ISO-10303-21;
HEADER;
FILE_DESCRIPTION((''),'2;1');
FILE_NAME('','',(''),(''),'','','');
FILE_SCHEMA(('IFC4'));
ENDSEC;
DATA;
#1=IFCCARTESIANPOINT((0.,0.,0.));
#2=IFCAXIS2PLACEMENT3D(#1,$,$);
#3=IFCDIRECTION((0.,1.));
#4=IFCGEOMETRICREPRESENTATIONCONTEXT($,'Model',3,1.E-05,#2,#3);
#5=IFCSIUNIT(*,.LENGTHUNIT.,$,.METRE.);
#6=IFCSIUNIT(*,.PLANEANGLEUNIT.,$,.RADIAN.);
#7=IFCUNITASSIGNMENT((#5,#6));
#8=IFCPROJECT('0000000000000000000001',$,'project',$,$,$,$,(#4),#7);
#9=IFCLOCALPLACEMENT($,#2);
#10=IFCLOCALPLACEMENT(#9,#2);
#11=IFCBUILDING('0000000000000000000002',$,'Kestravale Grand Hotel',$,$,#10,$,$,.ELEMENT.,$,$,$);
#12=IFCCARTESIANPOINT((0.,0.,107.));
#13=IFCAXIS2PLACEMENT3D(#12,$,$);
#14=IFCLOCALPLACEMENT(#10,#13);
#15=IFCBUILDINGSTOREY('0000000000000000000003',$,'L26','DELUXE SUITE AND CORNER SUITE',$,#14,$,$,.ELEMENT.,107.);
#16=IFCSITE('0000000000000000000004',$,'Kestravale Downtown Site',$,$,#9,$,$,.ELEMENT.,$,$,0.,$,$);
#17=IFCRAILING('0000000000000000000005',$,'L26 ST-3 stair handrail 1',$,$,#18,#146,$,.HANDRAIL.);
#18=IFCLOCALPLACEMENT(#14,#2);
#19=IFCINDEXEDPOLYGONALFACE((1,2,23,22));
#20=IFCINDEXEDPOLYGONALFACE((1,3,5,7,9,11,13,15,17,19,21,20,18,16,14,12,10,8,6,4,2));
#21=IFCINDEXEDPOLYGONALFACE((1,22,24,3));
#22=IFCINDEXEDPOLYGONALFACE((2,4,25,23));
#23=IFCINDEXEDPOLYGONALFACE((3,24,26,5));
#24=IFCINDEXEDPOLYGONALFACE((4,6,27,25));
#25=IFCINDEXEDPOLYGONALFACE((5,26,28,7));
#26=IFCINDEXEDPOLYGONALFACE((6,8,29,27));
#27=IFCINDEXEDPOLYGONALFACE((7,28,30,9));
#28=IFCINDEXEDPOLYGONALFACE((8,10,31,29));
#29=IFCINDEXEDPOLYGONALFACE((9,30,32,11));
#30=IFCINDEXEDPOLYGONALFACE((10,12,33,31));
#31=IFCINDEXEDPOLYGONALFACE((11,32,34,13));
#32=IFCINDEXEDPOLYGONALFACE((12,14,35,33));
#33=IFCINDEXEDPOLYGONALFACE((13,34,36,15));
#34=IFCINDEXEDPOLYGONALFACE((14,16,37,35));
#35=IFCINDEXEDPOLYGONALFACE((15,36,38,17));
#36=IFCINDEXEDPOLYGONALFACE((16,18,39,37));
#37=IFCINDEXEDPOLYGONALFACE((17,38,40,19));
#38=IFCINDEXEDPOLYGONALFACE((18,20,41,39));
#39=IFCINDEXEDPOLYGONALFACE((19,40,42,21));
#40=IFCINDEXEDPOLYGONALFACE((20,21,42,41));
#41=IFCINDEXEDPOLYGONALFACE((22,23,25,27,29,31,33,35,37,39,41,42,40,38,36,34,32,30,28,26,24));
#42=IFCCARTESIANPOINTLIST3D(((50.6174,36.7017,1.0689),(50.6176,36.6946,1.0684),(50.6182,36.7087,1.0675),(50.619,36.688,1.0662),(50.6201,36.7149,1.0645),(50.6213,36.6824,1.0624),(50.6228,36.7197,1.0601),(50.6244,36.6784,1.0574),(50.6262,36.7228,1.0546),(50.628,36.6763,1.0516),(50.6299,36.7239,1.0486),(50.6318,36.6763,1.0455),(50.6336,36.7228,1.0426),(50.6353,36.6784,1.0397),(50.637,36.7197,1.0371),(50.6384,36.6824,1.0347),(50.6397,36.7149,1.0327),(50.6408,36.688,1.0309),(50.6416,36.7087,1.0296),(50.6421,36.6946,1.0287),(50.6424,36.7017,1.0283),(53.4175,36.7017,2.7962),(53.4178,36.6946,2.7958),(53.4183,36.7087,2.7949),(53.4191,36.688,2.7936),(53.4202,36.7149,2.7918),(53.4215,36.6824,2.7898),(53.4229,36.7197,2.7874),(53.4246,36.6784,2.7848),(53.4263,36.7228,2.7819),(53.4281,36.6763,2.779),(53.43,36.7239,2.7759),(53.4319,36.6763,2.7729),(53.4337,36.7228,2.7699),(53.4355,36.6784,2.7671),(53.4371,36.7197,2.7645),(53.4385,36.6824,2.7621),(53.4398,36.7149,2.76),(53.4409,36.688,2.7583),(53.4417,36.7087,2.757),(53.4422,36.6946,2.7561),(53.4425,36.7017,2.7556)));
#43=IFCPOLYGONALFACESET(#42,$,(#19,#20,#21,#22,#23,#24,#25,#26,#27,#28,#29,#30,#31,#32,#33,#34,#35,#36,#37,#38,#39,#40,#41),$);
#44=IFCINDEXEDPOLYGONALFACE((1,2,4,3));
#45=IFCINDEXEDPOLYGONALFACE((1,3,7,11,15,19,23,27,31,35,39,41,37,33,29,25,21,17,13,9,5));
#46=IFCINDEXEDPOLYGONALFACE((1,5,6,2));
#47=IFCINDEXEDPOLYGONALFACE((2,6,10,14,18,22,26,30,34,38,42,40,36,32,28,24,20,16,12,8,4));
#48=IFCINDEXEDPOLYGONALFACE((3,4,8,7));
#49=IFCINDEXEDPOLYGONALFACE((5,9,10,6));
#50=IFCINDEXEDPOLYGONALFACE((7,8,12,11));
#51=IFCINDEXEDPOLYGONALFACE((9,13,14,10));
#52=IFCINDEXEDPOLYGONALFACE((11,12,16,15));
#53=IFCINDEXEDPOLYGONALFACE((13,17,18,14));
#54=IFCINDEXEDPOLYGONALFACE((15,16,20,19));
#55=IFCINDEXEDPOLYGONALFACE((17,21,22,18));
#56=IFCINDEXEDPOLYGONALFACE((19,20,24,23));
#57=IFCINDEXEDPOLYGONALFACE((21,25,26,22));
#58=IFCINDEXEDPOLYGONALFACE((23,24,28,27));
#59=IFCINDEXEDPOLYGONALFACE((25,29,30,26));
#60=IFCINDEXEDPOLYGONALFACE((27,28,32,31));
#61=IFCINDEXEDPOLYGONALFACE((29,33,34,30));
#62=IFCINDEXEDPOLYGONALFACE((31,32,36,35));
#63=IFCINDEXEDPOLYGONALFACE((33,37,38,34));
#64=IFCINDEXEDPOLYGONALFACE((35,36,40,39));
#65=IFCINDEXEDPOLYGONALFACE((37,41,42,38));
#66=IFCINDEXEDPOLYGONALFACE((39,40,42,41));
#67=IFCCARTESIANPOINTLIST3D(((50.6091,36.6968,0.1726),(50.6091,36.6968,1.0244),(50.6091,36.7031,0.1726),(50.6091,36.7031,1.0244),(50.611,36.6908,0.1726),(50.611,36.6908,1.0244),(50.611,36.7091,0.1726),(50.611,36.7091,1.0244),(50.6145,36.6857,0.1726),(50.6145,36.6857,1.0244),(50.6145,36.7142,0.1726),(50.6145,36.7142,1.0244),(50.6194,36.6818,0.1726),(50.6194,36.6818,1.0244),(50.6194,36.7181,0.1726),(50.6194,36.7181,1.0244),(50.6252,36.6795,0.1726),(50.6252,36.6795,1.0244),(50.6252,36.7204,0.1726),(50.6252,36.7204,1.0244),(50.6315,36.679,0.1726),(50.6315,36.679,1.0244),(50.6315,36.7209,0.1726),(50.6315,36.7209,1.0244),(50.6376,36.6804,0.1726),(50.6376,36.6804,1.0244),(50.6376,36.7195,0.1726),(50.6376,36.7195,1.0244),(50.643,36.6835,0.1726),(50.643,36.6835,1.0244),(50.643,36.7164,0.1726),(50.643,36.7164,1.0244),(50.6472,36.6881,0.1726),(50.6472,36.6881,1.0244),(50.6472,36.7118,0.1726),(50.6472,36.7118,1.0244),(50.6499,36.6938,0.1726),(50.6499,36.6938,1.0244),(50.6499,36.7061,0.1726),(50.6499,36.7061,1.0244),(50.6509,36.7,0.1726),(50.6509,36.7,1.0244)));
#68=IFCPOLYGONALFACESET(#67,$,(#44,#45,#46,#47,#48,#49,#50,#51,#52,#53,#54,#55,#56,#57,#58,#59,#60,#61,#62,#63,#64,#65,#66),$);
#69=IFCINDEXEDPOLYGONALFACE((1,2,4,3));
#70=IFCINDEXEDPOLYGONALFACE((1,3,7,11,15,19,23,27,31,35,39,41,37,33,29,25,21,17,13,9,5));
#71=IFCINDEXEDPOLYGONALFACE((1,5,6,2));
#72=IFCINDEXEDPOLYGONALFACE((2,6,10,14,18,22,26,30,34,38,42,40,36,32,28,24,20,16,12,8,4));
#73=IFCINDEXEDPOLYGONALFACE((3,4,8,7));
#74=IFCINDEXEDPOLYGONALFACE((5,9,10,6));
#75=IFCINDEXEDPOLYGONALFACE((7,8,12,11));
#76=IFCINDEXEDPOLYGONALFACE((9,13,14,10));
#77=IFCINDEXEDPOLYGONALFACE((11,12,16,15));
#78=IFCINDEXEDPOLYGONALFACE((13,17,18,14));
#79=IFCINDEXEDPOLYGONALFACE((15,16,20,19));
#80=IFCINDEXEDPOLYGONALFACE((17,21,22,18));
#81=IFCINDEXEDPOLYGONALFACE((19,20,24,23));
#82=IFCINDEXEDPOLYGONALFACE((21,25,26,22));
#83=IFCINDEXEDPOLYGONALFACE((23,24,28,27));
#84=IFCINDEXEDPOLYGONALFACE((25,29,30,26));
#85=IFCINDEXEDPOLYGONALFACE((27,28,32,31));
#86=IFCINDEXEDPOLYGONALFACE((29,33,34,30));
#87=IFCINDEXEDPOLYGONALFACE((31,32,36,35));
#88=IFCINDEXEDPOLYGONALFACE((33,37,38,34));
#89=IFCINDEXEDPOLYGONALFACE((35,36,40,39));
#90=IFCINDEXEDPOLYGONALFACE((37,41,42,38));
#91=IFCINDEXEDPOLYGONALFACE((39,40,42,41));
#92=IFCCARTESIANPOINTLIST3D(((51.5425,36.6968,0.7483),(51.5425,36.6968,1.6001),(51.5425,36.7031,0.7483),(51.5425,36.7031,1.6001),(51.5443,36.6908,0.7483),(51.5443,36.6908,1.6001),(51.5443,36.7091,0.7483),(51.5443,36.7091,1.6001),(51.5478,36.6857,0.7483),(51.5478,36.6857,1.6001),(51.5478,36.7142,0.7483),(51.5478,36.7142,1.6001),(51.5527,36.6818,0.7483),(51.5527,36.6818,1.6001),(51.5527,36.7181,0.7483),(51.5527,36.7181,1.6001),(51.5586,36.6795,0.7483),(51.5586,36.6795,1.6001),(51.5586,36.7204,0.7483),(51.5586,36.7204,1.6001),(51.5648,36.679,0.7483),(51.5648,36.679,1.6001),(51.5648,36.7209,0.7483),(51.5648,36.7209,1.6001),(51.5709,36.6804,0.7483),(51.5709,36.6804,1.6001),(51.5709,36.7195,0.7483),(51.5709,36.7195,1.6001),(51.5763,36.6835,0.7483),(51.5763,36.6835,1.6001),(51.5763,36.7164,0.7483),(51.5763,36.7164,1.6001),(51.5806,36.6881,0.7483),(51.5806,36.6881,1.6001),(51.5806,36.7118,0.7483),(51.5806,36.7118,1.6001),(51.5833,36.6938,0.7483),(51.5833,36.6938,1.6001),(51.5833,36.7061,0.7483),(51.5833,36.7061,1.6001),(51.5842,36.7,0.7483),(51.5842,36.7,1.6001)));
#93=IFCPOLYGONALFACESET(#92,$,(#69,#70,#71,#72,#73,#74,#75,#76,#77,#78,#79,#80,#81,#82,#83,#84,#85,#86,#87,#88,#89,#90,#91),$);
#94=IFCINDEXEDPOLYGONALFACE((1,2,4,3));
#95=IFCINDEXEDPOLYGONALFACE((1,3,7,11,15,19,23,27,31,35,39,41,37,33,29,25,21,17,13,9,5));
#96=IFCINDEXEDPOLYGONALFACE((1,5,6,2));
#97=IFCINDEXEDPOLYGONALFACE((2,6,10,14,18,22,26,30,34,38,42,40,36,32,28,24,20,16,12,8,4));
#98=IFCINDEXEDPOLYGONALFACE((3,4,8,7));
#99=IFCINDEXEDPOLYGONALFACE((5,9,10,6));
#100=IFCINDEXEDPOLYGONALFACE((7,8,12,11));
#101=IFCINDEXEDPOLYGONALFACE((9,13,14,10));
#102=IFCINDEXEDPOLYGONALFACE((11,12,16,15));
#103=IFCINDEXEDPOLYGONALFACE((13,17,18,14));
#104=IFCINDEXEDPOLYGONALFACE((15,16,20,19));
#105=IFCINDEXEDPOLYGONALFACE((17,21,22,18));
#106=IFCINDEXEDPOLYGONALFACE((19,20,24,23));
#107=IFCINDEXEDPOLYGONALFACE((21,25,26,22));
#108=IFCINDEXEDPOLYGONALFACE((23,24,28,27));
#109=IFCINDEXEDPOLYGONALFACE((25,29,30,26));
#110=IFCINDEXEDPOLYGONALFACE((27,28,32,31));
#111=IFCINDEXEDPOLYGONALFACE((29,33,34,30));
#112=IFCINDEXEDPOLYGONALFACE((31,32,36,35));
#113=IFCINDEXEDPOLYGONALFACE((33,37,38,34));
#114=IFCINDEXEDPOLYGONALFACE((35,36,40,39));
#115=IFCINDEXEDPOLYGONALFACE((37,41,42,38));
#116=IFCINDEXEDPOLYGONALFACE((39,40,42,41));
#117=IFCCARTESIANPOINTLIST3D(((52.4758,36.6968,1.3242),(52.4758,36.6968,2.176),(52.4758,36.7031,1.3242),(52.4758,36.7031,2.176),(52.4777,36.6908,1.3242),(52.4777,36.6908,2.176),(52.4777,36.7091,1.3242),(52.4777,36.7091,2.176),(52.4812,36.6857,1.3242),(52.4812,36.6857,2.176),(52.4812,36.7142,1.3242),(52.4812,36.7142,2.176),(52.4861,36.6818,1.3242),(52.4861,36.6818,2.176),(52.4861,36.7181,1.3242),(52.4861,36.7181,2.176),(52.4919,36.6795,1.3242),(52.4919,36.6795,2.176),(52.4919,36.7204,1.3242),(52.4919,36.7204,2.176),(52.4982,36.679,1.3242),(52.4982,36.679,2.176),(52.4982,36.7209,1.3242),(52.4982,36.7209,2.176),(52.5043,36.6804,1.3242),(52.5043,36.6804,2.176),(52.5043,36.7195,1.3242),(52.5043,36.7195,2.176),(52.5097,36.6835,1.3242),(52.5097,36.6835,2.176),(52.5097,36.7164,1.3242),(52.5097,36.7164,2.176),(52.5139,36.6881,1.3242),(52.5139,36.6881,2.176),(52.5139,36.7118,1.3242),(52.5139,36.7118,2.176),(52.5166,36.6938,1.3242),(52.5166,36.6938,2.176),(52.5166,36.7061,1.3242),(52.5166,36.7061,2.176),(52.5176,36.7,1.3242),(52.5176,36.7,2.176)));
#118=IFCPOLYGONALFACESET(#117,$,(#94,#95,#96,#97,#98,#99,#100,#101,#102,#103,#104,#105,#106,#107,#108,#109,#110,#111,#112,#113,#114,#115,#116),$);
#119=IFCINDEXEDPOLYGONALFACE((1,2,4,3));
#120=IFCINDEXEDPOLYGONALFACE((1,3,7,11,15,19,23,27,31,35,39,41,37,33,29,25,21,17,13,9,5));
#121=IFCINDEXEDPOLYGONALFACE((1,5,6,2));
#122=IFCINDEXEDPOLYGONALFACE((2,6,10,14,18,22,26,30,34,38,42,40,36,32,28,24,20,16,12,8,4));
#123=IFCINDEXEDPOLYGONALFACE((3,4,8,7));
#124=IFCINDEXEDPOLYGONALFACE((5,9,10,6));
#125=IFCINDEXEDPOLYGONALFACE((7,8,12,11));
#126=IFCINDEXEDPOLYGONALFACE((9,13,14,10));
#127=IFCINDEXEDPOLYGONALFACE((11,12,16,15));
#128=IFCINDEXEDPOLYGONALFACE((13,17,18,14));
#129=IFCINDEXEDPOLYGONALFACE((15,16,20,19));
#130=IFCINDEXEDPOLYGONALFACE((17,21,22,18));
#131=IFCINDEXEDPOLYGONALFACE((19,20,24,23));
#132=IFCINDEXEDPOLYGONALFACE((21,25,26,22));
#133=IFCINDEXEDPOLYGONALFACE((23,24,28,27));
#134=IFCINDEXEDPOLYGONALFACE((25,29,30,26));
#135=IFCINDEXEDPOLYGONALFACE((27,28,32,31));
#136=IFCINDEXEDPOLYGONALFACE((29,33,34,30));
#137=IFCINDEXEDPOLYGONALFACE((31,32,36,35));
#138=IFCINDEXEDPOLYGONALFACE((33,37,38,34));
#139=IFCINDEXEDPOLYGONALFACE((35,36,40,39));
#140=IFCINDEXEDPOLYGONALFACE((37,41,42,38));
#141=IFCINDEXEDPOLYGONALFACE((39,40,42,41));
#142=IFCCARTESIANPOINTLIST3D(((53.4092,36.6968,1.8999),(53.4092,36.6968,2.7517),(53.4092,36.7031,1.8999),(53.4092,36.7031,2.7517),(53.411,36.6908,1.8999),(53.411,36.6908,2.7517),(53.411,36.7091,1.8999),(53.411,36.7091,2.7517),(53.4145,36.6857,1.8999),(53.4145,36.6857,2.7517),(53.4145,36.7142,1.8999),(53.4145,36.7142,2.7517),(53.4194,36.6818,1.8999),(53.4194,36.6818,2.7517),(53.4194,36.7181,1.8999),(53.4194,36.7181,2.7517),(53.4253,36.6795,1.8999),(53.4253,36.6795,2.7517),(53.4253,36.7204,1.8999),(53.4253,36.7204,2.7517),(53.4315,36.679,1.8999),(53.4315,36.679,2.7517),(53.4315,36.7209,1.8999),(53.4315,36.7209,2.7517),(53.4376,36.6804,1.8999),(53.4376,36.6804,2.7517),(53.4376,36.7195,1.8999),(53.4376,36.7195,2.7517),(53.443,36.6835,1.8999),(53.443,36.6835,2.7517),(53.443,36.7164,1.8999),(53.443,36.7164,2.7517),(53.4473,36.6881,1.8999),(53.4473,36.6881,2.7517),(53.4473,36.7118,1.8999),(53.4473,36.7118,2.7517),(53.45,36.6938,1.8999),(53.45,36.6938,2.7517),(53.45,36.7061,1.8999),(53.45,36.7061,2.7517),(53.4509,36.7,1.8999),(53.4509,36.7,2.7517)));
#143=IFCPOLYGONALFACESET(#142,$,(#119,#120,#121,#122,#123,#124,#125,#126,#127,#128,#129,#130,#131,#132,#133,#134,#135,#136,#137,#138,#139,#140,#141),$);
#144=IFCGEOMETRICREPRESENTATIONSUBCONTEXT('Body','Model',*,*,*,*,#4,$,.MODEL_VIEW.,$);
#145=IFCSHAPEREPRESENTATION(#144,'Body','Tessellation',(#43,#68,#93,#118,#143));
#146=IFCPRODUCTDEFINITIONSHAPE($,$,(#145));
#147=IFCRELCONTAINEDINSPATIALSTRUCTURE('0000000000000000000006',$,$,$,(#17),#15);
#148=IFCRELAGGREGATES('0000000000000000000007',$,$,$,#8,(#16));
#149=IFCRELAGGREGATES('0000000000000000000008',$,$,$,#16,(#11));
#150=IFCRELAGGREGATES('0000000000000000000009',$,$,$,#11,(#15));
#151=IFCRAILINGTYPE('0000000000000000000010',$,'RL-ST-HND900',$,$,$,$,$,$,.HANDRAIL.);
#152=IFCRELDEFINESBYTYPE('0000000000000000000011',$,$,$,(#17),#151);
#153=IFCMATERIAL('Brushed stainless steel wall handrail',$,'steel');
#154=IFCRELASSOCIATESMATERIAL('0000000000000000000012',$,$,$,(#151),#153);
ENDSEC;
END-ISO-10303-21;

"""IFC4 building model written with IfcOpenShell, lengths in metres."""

from ifc_helpers import new_model, si_unit, direction, frame, origin, origin_2d, place, context, subcontext, project, spatial, circle, extrude, material, type_object, element, save


model = new_model("IFC4")

# Units and contexts
model_context = context("Model", 3, precision=1e-05, world=origin(), true_north=direction((0.0, 1.0)))
body_context = subcontext(model_context, "Body", "Model", "MODEL_VIEW")
ifc_project = project(units=[si_unit("LENGTHUNIT", "METRE"), si_unit("PLANEANGLEUNIT", "RADIAN")], contexts=[model_context])

# Site, building, storey
site_placement = place(None, origin())
site = spatial("IfcSite", under=ifc_project, at=site_placement, Name="Kestravale Downtown Site", CompositionType="ELEMENT", RefElevation=0.0)
building_placement = place(site_placement, origin())
building = spatial("IfcBuilding", under=site, at=building_placement, Name="Kestravale Grand Hotel", CompositionType="ELEMENT")
storey_placement = place(building_placement, frame((0.0, 0.0, 107.0)))
storey = spatial("IfcBuildingStorey", under=building, at=storey_placement, Name="L26", Description="DELUXE SUITE AND CORNER SUITE", CompositionType="ELEMENT", Elevation=107.0)

# Railing
ifc_material_1 = material(Name="Brushed stainless steel wall handrail", Category="steel")
railing_type_1 = type_object("IfcRailingType", Name="RL-ST-HND900", PredefinedType="HANDRAIL", material=ifc_material_1)
railing_1_placement = place(storey_placement, frame((50.6299, 36.7, 0.1726)))
element("IfcRailing", 1, at=railing_1_placement, inside=storey, type_object=railing_type_1, Name="L26 ST-3 stair handrail 1", PredefinedType="HANDRAIL", context=body_context, shape_type="SweptSolid", body=[
    extrude(circle(Radius=0.0239, at=origin_2d()), frame((0.0, 0.0, 0.876), z_axis=(0.85109, 0.0, 0.52502), x_axis=(0.0, 1.0, 0.0)), (0.0, 0.0, 1.0), 3.29),
    extrude(circle(Radius=0.021, at=origin_2d()), origin(), (0.0, 0.0, 1.0), 0.8518),
    extrude(circle(Radius=0.021, at=origin_2d()), frame((0.9333, 0.0, 0.5757)), (0.0, 0.0, 1.0), 0.8518),
    extrude(circle(Radius=0.021, at=origin_2d()), frame((1.8667, 0.0, 1.1516)), (0.0, 0.0, 1.0), 0.8518),
    extrude(circle(Radius=0.021, at=origin_2d()), frame((2.8, 0.0, 1.7273)), (0.0, 0.0, 1.0), 0.8518),
])

save(model, "model.ifc")
